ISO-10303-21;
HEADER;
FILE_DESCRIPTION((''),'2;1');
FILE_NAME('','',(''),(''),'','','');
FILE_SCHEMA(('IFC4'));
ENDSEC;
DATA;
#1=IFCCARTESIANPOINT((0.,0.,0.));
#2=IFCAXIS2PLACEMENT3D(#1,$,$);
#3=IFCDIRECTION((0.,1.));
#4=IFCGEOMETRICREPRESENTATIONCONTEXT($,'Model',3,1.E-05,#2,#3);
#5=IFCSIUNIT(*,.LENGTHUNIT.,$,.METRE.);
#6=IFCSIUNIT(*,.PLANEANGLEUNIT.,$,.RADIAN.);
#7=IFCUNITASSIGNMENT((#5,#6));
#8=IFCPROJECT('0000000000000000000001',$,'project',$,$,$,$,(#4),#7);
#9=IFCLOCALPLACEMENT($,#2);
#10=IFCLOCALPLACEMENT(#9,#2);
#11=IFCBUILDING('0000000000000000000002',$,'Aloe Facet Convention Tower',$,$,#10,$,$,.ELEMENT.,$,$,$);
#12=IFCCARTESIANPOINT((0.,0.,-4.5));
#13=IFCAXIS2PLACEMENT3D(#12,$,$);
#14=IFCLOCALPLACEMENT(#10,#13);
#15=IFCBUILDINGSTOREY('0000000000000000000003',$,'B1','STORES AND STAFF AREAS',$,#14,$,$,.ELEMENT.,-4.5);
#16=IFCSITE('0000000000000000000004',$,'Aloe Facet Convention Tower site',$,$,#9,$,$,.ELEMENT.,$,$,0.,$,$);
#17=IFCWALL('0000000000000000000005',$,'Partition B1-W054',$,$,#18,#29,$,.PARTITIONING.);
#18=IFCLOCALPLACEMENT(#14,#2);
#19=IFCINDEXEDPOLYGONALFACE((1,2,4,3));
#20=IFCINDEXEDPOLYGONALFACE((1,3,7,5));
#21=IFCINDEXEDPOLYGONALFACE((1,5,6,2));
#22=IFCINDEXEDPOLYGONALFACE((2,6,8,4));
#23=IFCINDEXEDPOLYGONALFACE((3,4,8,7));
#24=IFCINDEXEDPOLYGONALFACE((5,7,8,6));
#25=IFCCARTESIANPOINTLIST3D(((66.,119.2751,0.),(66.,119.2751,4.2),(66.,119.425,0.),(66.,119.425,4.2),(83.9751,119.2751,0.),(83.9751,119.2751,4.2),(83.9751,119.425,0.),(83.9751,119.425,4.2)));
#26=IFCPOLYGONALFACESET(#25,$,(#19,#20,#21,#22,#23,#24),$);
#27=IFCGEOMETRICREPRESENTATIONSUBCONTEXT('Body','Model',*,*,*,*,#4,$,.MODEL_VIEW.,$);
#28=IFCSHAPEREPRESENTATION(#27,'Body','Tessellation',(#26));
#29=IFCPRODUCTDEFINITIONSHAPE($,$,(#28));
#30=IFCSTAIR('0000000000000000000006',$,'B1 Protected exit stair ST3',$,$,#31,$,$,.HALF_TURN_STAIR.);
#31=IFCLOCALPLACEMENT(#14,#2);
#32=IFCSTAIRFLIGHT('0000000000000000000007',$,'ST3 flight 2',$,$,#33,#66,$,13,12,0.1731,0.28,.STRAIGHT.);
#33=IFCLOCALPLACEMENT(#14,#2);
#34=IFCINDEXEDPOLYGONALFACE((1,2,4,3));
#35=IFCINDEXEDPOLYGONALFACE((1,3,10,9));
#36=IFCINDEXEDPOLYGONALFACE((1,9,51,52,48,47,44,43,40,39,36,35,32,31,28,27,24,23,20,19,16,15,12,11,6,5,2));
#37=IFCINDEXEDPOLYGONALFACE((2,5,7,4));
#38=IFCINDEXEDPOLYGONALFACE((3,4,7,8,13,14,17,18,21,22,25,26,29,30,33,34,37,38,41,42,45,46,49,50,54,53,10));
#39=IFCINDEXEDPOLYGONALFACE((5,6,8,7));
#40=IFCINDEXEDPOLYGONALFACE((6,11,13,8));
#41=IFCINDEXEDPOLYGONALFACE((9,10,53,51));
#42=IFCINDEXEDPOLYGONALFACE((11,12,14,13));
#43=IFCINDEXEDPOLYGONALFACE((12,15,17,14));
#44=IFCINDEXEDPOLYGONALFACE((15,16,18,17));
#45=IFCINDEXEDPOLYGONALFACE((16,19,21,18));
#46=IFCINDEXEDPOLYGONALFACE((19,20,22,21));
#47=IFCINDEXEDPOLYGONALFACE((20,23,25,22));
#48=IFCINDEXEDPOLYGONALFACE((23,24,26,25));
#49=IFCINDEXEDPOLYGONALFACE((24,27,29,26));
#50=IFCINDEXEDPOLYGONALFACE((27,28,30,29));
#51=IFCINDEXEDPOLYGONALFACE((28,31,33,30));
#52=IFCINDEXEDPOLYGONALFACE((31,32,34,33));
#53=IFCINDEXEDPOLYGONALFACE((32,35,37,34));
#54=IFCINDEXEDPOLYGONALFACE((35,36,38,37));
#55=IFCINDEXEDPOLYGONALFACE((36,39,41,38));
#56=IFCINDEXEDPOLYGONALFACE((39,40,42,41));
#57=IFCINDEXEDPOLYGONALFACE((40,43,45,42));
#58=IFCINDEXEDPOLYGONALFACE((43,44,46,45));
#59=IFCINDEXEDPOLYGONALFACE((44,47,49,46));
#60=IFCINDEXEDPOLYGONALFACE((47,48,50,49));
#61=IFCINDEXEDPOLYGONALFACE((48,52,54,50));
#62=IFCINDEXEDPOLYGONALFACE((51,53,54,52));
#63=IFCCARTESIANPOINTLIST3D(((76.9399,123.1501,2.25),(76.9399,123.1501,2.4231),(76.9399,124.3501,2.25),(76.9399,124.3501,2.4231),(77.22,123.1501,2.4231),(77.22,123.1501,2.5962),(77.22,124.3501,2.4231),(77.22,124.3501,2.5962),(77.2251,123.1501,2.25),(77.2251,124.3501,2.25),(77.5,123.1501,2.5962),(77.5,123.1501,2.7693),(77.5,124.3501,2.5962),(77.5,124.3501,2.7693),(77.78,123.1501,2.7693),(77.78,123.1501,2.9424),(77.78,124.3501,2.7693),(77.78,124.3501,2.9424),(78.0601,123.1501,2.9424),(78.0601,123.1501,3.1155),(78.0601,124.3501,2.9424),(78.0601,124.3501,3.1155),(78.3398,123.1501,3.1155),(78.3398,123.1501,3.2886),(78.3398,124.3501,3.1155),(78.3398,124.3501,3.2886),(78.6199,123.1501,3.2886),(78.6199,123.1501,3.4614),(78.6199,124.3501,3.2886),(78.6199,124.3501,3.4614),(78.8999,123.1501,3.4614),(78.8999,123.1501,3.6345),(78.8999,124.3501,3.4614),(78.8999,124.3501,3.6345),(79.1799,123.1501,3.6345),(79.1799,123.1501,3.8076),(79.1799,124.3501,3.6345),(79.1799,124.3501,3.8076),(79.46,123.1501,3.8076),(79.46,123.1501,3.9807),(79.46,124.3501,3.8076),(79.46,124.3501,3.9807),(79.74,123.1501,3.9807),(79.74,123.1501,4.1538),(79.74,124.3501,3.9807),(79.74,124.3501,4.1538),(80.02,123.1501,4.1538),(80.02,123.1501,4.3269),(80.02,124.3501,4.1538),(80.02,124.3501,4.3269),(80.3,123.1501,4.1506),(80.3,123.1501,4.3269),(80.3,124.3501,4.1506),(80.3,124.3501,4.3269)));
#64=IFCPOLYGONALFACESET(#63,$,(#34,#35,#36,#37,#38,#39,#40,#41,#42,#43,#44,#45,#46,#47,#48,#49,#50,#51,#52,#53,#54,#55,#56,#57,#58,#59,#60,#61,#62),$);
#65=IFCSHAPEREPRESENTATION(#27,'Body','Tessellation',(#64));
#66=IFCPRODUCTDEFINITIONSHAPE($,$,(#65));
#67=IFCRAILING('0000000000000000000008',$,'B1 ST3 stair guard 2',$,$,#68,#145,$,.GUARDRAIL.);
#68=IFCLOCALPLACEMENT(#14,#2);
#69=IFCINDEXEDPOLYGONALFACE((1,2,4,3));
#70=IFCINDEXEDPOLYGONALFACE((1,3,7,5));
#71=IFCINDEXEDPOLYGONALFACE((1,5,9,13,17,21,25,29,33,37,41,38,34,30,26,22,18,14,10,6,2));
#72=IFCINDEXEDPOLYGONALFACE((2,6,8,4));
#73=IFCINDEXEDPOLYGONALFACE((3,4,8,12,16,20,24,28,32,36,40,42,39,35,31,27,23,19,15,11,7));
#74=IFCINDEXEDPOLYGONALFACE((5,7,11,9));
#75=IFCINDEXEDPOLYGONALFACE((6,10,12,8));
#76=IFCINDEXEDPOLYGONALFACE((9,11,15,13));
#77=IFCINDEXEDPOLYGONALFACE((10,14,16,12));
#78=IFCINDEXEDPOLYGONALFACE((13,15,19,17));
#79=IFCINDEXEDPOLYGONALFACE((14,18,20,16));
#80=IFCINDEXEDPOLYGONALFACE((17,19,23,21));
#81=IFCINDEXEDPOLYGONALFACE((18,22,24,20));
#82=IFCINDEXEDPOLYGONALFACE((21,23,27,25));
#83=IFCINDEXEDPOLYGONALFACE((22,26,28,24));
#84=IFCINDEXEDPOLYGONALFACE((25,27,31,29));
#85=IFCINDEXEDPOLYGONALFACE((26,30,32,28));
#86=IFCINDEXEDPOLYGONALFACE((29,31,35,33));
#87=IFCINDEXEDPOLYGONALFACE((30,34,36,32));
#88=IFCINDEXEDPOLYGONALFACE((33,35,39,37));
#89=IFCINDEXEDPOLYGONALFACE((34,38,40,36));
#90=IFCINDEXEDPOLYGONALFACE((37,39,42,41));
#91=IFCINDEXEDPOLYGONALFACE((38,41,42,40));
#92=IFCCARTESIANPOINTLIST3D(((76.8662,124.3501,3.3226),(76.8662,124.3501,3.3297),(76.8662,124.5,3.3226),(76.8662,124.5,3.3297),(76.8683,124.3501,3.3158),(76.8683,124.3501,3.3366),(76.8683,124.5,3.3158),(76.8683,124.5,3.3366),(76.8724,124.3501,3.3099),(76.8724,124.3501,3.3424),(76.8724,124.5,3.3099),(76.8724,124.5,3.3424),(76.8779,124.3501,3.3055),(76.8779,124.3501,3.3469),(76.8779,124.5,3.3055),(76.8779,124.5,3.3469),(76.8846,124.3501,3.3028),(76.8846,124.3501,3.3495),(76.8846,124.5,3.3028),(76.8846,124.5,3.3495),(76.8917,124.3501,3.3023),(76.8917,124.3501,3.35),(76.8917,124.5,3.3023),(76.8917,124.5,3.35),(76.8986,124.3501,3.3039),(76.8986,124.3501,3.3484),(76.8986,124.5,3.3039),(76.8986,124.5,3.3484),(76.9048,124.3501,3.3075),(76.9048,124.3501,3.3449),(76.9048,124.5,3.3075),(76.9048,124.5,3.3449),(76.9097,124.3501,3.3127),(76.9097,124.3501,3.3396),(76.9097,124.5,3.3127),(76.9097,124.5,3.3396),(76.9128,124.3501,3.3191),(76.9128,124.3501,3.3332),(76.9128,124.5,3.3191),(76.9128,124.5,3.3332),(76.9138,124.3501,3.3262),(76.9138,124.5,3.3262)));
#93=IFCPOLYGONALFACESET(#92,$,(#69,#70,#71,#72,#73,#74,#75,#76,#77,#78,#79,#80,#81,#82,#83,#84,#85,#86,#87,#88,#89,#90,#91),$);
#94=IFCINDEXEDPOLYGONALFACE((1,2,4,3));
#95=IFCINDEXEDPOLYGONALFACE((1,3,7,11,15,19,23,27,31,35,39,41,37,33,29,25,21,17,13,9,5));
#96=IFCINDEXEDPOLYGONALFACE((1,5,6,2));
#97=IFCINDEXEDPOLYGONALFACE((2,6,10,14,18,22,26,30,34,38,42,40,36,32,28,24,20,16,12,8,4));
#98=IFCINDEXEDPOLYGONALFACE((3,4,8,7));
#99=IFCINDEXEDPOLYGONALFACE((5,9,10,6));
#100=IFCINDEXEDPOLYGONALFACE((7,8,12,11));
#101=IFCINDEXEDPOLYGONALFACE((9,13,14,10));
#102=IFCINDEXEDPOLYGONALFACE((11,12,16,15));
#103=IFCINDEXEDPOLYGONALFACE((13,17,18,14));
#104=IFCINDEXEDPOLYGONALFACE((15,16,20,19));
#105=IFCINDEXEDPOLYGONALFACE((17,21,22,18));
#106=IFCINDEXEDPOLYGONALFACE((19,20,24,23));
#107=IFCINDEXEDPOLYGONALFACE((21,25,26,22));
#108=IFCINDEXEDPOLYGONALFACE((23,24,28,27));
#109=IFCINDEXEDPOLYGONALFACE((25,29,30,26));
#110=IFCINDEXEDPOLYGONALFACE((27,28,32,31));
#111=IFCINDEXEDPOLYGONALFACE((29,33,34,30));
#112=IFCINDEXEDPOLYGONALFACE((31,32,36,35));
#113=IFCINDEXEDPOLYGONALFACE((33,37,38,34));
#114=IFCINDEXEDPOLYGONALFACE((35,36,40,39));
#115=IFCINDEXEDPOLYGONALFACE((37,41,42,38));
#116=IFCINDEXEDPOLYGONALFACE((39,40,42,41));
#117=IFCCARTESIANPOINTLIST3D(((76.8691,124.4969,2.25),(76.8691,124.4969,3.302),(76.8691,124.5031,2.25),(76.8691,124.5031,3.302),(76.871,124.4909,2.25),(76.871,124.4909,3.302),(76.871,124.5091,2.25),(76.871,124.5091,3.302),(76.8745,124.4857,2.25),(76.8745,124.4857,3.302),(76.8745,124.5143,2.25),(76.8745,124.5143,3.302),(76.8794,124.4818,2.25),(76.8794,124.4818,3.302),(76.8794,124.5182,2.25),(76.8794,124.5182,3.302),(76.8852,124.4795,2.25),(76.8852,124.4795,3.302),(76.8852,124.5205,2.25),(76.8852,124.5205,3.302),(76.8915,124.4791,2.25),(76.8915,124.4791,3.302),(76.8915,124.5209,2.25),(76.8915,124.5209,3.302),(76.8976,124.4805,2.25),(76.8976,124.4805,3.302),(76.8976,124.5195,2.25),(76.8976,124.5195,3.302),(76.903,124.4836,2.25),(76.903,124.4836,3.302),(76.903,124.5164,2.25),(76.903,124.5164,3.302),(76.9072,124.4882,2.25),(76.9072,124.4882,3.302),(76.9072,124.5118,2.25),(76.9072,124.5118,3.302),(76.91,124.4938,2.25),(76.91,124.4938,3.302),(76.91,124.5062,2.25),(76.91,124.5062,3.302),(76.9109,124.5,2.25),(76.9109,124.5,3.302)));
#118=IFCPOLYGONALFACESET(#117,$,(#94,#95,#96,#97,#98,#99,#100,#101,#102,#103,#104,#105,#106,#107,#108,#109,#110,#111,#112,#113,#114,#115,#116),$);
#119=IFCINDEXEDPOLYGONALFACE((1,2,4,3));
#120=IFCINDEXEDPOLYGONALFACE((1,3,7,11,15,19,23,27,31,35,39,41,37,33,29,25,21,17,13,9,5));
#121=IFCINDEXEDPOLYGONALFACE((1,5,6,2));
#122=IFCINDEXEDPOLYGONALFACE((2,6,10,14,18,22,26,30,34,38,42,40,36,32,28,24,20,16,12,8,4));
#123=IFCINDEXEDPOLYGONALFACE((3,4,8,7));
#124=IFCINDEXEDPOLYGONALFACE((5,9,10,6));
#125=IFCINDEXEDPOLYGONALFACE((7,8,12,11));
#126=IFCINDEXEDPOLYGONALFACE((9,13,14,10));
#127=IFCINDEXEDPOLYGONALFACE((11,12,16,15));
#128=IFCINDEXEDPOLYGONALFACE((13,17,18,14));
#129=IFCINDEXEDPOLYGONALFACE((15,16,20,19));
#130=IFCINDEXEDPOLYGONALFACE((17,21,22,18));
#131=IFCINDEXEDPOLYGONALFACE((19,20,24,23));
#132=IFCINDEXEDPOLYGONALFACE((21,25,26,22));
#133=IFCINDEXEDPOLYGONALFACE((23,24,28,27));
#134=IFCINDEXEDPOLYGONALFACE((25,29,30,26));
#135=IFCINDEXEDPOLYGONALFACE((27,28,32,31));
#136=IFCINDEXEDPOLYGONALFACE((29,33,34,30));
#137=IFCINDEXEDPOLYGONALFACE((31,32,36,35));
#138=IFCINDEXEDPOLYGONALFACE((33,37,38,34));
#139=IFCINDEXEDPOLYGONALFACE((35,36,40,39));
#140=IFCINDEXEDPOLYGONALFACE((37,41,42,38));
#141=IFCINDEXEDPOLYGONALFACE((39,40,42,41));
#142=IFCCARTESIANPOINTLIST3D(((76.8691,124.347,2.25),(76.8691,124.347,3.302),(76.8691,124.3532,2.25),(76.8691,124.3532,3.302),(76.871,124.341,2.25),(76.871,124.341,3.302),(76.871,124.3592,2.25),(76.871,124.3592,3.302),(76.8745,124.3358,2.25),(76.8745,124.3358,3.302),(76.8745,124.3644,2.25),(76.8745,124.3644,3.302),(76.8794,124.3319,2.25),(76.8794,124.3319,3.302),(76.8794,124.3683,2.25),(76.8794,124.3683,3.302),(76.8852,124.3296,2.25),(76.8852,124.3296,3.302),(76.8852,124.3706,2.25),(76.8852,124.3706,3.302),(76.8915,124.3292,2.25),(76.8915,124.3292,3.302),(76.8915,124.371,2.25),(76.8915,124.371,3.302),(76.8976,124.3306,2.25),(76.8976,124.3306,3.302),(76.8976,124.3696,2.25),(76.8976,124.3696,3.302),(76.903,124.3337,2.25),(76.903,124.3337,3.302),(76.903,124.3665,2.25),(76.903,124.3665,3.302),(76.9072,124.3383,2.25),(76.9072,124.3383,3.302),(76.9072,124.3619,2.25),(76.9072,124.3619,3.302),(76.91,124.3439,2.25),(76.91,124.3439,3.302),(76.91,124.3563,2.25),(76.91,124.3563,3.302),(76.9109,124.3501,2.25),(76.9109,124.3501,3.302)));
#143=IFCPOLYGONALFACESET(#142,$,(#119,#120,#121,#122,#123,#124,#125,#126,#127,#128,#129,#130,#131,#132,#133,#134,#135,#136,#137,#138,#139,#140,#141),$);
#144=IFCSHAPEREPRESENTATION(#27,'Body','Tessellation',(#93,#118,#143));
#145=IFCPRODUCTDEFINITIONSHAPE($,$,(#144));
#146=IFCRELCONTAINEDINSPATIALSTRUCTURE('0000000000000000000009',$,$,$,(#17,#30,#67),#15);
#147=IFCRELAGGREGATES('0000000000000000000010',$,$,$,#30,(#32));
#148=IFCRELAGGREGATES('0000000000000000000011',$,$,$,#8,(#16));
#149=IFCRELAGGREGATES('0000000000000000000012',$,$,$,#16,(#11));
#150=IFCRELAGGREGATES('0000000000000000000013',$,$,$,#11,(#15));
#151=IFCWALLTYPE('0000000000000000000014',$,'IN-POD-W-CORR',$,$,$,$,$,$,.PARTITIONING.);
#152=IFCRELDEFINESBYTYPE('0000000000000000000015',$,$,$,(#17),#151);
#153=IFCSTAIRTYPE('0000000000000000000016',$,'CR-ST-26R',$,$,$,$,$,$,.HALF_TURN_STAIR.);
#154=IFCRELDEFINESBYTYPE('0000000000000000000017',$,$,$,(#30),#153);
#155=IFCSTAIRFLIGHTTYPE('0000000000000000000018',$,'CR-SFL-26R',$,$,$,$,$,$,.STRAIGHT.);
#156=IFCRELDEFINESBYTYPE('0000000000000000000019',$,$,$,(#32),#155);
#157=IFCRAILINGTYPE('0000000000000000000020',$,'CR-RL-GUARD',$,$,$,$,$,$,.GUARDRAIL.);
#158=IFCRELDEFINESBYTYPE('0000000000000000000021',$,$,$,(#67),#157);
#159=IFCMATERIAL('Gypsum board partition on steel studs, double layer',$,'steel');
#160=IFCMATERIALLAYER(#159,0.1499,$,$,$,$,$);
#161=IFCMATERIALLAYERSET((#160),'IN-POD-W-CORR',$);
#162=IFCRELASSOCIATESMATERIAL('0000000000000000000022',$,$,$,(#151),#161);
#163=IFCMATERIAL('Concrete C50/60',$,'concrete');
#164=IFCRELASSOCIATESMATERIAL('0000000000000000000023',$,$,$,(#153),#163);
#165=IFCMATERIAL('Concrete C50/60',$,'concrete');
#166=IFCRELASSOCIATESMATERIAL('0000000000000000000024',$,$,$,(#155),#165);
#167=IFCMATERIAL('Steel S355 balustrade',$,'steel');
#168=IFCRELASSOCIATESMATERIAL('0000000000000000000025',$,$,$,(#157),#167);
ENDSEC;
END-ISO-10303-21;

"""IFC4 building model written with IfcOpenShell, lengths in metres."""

from ifc_helpers import new_model, si_unit, direction, frame, frame_2d, origin, origin_2d, place, context, subcontext, project, spatial, polyline, rectangle, circle, outline, extrude, material, layer, layer_set, type_object, element, aggregate, save


model = new_model("IFC4")

# Units and contexts
model_context = context("Model", 3, precision=1e-05, world=origin(), true_north=direction((0.0, 1.0)))
body_context = subcontext(model_context, "Body", "Model", "MODEL_VIEW")
ifc_project = project(units=[si_unit("LENGTHUNIT", "METRE"), si_unit("PLANEANGLEUNIT", "RADIAN")], contexts=[model_context])

# Site, building, storey
site_placement = place(None, origin())
site = spatial("IfcSite", under=ifc_project, at=site_placement, Name="Aloe Facet Convention Tower site", CompositionType="ELEMENT", RefElevation=0.0)
building_placement = place(site_placement, origin())
building = spatial("IfcBuilding", under=site, at=building_placement, Name="Aloe Facet Convention Tower", CompositionType="ELEMENT")
storey_placement = place(building_placement, frame((0.0, 0.0, -4.5)))
storey = spatial("IfcBuildingStorey", under=building, at=storey_placement, Name="B1", Description="STORES AND STAFF AREAS", CompositionType="ELEMENT", Elevation=-4.5)

# Wall
ifc_material_1 = material(Name="Gypsum board partition on steel studs, double layer", Category="steel")
ifc_layer_1 = layer(ifc_material_1, 0.1499)
ifc_layer_set_1 = layer_set([ifc_layer_1], Name="IN-POD-W-CORR")
wall_type_1 = type_object("IfcWallType", Name="IN-POD-W-CORR", PredefinedType="PARTITIONING", material=ifc_layer_set_1)
wall_1_placement = place(storey_placement, frame((66.0, 119.3501, 0.0), z_axis=(0.0, 0.0, 1.0), x_axis=(1.0, 0.0, 0.0)))
element("IfcWall", 1, at=wall_1_placement, inside=storey, type_object=wall_type_1, Name="Partition B1-W054", PredefinedType="PARTITIONING", context=body_context, shape_type="SweptSolid", body=[
    extrude(rectangle(XDim=17.9751, YDim=0.1499, at=frame_2d((8.9875, 0.0))), origin(), (0.0, 0.0, 1.0), 4.2),
])

# Stair, stair flight
ifc_material_2 = material(Name="Concrete C50/60", Category="concrete")
stair_type = type_object("IfcStairType", Name="CR-ST-26R", PredefinedType="HALF_TURN_STAIR", material=ifc_material_2)
stair_placement = place(storey_placement, origin())
stair = element("IfcStair", 2, at=stair_placement, inside=storey, type_object=stair_type, Name="B1 Protected exit stair ST3", PredefinedType="HALF_TURN_STAIR")
ifc_material_3 = material(Name="Concrete C50/60", Category="concrete")
stair_flight_type = type_object("IfcStairFlightType", Name="CR-SFL-26R", PredefinedType="STRAIGHT", material=ifc_material_3)
stair_flight_placement = place(storey_placement, frame((76.9399, 123.75, 2.25), z_axis=(0.0, 0.0, 1.0), x_axis=(1.0, 0.0, 0.0)))
stair_flight = element("IfcStairFlight", 3, at=stair_flight_placement, type_object=stair_flight_type, Name="ST3 flight 2", NumberOfRisers=13, NumberOfTreads=12, PredefinedType="STRAIGHT", RiserHeight=0.1731, TreadLength=0.28, context=body_context, shape_type="SweptSolid", body=[
    extrude(outline(polyline([(0.0, 0.0), (0.0, 0.1731), (0.28, 0.1731), (0.28, 0.3462), (0.5601, 0.3462), (0.5601, 0.5193), (0.8401, 0.5193), (0.8401, 0.6924), (1.1201, 0.6924), (1.1201, 0.8655), (1.3999, 0.8655), (1.3999, 1.0386), (1.6799, 1.0386), (1.6799, 1.2114), (1.96, 1.2114), (1.96, 1.3845), (2.24, 1.3845), (2.24, 1.5576), (2.52, 1.5576), (2.52, 1.7307), (2.8, 1.7307), (2.8, 1.9038), (3.0801, 1.9038), (3.0801, 2.0769), (3.3601, 2.0769), (3.3601, 2.25), (3.3601, 1.9006), (0.2852, 0.0), (0.0, 0.0)])), frame((0.0, 0.6001, 0.0), z_axis=(0.0, -1.0, 0.0), x_axis=(1.0, 0.0, 0.0)), (0.0, 0.0, 1.0), 1.2),
])
aggregate(stair, [stair_flight])

# Railing
ifc_material_4 = material(Name="Steel S355 balustrade", Category="steel")
railing_type_1 = type_object("IfcRailingType", Name="CR-RL-GUARD", PredefinedType="GUARDRAIL", material=ifc_material_4)
railing_1_placement = place(storey_placement, frame((76.8899, 124.5, 2.25)))
element("IfcRailing", 4, at=railing_1_placement, inside=storey, type_object=railing_type_1, Name="B1 ST3 stair guard 2", PredefinedType="GUARDRAIL", context=body_context, shape_type="SweptSolid", body=[
    extrude(circle(Radius=0.0239, at=origin_2d()), frame((0.0, 0.0, 1.0762), z_axis=(0.0, -1.0, 0.0), x_axis=(1.0, 0.0, 0.0)), (0.0, 0.0, 1.0), 0.1499),
    extrude(circle(Radius=0.021, at=origin_2d()), origin(), (0.0, 0.0, 1.0), 1.052),
    extrude(circle(Radius=0.021, at=origin_2d()), frame((0.0, -0.1499, 0.0)), (0.0, 0.0, 1.0), 1.052),
])

save(model, "model.ifc")
